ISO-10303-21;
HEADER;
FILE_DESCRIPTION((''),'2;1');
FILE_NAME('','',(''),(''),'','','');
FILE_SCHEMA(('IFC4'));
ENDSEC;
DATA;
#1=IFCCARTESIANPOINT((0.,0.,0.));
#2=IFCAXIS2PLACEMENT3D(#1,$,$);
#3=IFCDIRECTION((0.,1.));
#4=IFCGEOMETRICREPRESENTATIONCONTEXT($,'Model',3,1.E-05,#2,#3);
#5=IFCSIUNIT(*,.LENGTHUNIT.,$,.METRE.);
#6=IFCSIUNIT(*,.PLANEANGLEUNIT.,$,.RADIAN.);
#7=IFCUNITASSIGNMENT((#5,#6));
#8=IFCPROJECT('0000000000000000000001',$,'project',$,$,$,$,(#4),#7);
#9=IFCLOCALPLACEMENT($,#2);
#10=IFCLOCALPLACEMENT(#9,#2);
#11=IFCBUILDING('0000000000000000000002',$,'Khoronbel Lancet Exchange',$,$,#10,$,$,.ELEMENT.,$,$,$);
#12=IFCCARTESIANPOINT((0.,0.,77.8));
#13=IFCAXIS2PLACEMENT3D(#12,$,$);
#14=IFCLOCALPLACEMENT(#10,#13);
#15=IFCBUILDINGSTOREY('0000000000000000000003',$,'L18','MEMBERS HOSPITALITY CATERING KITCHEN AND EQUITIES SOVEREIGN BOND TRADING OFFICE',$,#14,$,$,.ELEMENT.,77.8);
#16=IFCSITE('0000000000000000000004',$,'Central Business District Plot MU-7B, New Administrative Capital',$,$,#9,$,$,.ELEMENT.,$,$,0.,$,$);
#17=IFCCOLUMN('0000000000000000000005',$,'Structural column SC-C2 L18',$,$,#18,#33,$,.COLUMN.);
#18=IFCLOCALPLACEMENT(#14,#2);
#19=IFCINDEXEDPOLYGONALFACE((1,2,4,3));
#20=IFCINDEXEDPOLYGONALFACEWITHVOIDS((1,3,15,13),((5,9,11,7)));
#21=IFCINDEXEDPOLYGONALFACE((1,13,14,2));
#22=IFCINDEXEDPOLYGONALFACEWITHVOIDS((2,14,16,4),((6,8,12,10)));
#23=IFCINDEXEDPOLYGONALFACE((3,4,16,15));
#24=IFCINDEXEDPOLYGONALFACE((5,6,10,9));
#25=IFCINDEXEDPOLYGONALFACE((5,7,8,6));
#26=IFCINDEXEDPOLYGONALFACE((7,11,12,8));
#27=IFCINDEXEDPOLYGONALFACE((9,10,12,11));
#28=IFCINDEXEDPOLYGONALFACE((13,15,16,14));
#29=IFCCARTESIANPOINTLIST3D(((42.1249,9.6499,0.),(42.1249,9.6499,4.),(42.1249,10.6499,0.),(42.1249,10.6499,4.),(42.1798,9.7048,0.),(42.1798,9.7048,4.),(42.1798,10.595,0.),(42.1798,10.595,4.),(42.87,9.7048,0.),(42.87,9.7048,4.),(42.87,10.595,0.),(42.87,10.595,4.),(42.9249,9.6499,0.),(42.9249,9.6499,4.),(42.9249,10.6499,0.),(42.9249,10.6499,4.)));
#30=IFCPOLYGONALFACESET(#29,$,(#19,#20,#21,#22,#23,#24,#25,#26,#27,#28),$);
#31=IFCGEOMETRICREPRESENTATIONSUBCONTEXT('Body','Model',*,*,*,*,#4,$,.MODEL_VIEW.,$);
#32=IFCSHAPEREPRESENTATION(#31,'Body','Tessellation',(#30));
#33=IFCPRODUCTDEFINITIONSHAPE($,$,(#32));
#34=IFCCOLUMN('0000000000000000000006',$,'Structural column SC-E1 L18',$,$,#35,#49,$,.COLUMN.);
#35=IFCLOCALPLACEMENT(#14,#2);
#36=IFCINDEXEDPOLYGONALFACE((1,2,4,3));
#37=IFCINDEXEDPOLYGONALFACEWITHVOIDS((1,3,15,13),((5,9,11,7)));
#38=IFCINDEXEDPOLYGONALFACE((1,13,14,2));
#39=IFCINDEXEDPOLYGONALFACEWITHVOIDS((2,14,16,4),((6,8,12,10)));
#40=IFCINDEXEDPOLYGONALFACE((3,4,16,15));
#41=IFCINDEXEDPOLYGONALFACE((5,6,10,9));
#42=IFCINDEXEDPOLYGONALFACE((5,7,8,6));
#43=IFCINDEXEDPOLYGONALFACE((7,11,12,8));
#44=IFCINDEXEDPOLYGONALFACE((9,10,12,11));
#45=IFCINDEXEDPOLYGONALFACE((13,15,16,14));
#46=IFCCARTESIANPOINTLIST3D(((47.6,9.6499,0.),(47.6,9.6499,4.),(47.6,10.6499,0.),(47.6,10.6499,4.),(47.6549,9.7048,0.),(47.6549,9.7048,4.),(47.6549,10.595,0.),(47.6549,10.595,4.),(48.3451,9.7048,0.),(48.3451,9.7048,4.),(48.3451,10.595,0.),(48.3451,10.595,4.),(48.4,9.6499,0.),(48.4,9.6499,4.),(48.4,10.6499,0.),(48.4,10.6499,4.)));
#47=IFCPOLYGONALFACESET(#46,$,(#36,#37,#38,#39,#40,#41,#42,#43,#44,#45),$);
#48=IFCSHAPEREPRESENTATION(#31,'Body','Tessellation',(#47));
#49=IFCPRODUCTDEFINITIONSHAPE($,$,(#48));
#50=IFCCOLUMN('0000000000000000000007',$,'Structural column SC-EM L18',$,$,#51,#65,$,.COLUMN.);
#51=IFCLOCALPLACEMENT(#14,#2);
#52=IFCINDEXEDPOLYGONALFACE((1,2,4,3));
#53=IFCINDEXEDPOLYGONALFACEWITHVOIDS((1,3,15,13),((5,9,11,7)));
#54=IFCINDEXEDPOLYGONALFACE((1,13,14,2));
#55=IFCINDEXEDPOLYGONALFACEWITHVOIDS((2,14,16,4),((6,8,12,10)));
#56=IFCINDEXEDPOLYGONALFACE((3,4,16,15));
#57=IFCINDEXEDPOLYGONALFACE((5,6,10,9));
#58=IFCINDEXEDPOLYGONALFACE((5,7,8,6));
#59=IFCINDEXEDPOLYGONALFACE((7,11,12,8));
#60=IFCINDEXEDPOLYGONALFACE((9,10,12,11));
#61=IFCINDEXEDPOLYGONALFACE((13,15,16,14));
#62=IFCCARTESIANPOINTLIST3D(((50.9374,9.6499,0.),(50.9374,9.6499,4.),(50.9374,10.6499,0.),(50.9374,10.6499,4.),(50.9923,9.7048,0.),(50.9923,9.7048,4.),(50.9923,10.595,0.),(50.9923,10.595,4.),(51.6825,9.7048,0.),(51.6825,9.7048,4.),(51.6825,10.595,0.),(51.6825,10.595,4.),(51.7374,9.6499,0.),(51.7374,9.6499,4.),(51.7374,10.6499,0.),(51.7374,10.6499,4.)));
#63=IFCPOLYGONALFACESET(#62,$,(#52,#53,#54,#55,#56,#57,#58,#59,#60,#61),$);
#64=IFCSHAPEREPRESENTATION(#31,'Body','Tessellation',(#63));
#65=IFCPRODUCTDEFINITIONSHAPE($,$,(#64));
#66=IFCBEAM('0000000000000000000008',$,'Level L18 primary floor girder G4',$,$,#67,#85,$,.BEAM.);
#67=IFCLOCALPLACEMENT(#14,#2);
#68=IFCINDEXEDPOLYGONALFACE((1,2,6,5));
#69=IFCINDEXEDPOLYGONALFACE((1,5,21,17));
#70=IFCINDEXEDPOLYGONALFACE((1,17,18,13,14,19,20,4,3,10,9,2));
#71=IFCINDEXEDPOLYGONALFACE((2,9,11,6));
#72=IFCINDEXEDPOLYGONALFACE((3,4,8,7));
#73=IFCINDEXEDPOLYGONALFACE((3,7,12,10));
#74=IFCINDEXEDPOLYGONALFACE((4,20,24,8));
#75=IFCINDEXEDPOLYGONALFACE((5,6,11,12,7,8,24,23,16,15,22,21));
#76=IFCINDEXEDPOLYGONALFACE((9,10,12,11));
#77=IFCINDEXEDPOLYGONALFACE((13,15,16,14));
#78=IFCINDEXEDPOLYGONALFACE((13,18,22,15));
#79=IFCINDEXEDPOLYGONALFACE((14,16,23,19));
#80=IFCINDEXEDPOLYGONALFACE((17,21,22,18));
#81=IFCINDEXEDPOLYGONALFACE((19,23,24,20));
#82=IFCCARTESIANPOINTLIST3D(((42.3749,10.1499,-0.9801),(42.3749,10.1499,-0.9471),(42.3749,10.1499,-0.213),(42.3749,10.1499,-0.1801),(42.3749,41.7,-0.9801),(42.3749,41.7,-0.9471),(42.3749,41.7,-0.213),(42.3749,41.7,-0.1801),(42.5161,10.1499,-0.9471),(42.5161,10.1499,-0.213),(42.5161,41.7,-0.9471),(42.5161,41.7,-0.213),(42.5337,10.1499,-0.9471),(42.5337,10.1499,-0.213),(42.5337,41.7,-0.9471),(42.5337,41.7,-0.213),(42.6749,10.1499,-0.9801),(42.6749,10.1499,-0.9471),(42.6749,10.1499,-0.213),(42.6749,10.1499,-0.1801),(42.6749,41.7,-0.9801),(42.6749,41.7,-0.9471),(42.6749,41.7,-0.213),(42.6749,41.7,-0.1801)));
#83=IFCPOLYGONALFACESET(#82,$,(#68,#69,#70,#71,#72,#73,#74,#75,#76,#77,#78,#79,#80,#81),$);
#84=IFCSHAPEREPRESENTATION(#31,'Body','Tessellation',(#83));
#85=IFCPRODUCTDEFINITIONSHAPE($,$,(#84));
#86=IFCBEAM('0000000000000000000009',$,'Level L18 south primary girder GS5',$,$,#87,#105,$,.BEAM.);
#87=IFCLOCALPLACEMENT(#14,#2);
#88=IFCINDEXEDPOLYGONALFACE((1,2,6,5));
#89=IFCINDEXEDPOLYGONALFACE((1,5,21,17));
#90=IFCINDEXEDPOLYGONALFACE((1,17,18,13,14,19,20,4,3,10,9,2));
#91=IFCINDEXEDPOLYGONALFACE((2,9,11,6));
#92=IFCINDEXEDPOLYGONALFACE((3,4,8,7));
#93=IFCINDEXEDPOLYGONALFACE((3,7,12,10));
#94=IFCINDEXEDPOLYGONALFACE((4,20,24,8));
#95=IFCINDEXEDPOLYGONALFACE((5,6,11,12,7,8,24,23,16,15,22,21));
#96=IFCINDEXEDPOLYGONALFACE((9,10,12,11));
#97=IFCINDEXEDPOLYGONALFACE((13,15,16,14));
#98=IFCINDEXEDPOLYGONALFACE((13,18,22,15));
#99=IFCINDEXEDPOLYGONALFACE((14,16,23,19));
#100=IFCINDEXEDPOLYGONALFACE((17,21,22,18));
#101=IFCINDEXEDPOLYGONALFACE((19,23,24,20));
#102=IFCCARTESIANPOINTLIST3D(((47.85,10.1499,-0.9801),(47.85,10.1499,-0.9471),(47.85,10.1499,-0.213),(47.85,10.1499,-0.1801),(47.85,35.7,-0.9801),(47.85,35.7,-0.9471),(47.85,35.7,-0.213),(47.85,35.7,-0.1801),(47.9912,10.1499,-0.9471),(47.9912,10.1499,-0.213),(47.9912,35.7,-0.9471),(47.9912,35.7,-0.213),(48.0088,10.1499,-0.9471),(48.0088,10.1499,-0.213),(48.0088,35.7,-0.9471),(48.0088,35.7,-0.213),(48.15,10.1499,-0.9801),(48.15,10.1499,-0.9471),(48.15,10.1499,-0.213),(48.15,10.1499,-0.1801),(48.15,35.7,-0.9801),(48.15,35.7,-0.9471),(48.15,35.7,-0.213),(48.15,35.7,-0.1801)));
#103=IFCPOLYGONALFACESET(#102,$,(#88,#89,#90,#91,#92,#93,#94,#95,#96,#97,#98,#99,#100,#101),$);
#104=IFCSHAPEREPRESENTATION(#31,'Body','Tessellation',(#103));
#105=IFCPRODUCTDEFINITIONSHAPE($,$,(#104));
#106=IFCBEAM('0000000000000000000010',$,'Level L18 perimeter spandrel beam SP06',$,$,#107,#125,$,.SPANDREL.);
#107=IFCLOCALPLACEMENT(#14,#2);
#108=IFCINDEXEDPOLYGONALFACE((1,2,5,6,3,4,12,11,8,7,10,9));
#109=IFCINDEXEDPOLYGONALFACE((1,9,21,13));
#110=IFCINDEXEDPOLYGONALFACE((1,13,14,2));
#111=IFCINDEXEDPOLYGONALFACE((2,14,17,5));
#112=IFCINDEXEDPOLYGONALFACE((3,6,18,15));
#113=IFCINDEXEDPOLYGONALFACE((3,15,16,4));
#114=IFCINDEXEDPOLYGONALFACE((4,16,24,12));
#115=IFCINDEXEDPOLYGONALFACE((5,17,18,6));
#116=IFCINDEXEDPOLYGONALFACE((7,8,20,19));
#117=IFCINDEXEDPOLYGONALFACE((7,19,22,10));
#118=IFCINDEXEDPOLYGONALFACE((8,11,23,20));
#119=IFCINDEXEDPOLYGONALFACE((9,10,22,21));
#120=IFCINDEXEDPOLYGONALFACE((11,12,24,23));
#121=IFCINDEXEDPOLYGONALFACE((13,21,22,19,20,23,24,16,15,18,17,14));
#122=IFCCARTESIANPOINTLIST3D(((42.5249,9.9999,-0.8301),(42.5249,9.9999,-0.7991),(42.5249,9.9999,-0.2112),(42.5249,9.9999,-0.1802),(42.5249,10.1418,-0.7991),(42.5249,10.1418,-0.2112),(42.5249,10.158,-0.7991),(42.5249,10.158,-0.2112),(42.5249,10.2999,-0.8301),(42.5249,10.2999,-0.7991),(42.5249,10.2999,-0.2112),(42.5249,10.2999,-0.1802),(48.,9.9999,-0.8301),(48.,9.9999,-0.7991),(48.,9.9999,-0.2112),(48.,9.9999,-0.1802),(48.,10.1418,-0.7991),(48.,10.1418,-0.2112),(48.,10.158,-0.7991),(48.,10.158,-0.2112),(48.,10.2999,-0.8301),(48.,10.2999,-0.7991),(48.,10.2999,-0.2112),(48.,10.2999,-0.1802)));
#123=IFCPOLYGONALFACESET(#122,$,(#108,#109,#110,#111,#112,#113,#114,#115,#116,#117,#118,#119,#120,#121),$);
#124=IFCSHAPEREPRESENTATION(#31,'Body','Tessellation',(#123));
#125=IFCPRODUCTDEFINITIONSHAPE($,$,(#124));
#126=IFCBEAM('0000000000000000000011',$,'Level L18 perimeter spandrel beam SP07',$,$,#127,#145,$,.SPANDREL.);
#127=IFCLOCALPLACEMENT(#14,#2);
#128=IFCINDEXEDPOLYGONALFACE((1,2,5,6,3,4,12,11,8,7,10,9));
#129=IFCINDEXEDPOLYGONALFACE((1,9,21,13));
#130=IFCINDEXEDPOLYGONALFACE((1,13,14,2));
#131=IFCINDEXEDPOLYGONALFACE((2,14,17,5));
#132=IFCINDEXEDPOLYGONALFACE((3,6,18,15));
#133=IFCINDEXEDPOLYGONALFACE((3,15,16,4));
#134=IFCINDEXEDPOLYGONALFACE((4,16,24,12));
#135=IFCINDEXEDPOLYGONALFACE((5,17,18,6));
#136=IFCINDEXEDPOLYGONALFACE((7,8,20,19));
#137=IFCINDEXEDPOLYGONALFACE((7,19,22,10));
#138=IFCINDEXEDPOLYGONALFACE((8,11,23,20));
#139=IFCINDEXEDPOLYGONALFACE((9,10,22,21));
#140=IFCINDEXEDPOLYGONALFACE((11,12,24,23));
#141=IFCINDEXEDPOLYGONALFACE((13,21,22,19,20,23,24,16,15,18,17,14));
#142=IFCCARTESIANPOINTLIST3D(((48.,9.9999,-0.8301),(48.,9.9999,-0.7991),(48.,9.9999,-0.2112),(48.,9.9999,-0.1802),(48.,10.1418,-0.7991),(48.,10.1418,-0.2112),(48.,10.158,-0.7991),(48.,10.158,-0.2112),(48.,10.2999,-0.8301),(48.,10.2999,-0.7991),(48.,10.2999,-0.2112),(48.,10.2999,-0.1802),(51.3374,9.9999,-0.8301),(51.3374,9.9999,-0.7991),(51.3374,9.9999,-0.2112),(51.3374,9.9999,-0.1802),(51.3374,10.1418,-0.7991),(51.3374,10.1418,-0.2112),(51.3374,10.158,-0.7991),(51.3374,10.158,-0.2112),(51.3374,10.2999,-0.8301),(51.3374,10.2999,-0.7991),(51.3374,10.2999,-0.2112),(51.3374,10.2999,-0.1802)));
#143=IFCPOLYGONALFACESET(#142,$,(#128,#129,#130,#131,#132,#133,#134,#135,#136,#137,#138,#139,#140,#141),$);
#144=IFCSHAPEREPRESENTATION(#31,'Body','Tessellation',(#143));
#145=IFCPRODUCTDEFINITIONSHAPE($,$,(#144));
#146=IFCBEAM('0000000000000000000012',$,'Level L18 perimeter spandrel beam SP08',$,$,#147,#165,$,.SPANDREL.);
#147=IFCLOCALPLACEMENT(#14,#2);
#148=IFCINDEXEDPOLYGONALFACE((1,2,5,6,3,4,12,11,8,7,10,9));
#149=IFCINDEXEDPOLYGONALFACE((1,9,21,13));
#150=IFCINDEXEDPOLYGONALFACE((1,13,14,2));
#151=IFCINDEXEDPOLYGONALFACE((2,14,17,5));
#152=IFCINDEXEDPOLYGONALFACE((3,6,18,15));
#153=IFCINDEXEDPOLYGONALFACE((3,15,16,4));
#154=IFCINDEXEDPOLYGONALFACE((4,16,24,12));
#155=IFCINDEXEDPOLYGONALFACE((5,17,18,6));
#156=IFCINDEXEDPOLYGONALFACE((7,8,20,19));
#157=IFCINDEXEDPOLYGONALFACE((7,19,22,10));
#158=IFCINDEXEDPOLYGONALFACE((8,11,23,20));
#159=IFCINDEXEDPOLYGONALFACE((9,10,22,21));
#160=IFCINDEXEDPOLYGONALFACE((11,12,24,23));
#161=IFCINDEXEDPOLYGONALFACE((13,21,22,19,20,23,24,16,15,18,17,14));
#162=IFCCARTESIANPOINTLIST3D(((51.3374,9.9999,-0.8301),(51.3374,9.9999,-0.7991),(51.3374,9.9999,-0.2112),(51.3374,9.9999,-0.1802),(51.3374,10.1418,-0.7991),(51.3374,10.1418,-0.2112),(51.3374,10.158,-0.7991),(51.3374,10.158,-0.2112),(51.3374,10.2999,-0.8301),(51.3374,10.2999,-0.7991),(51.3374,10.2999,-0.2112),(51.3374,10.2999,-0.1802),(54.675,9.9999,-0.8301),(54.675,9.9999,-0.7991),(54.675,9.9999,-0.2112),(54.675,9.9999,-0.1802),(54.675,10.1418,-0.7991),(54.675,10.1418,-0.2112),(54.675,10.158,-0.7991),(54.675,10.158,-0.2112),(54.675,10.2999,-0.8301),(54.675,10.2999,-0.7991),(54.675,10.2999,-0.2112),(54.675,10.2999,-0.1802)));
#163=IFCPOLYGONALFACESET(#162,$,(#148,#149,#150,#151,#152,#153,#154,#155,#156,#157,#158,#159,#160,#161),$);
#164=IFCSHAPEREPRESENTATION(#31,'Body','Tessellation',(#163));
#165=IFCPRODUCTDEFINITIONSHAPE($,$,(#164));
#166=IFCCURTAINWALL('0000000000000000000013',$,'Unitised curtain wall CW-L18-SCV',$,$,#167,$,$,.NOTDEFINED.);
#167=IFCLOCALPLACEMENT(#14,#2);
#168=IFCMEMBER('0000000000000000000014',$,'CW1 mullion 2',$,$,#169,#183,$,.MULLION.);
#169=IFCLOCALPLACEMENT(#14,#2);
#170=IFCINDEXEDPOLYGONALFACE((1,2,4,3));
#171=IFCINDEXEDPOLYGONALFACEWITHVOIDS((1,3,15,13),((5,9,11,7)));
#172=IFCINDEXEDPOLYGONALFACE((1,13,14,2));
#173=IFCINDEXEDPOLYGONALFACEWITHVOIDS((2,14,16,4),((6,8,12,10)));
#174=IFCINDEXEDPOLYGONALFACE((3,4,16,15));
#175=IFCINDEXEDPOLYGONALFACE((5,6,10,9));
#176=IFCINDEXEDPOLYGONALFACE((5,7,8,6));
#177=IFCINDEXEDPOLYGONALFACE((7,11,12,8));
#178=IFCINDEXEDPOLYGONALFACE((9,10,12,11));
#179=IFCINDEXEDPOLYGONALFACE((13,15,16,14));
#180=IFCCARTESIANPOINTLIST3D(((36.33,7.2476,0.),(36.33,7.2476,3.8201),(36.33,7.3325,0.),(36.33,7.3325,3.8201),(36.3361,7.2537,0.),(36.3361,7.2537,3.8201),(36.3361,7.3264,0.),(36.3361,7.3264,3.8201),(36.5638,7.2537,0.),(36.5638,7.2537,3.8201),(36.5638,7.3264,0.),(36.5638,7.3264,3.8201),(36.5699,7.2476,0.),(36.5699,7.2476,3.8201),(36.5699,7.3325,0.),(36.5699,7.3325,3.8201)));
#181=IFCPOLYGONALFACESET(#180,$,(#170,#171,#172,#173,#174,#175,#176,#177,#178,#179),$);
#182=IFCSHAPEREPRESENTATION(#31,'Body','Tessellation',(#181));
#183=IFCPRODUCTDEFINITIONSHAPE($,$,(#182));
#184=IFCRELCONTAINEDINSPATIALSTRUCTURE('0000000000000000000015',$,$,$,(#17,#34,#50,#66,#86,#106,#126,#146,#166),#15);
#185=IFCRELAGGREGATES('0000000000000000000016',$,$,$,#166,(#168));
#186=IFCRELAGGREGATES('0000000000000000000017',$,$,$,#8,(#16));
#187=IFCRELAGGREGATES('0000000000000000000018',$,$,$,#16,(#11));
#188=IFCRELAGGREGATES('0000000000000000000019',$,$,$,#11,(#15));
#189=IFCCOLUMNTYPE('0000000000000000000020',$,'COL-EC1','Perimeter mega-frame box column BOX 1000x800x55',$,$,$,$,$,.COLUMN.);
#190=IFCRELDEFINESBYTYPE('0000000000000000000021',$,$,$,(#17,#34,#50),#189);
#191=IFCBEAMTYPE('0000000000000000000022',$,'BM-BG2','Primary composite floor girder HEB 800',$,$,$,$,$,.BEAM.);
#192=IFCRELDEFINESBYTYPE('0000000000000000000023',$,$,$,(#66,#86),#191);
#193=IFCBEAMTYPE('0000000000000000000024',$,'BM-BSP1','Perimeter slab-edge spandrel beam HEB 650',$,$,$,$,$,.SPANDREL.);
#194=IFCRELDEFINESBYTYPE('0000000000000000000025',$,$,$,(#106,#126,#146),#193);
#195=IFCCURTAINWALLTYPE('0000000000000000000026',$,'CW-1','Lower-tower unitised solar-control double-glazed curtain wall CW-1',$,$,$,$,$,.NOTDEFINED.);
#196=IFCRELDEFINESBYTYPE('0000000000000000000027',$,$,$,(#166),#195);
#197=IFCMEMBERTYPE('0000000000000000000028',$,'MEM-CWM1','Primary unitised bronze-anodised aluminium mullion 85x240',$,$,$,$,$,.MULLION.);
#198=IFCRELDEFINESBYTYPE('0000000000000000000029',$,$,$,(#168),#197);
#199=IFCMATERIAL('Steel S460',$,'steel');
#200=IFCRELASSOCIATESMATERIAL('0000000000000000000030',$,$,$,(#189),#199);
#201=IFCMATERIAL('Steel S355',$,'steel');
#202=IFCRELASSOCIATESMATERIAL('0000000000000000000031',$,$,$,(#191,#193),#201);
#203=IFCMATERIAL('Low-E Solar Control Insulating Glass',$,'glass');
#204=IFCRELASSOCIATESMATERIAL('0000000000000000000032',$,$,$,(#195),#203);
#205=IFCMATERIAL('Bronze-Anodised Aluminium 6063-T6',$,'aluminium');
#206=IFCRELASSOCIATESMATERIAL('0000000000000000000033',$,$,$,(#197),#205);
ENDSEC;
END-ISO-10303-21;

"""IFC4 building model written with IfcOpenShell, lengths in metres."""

from ifc_helpers import new_model, si_unit, direction, frame, origin, origin_2d, place, context, subcontext, project, spatial, hollow_rectangle, i_section, extrude, material, material_profile, profile_set, type_object, element, aggregate, save


model = new_model("IFC4")

# Units and contexts
model_context = context("Model", 3, precision=1e-05, world=origin(), true_north=direction((0.0, 1.0)))
body_context = subcontext(model_context, "Body", "Model", "MODEL_VIEW")
ifc_project = project(units=[si_unit("LENGTHUNIT", "METRE"), si_unit("PLANEANGLEUNIT", "RADIAN")], contexts=[model_context])

# Site, building, storey
site_placement = place(None, origin())
site = spatial("IfcSite", under=ifc_project, at=site_placement, Name="Central Business District Plot MU-7B, New Administrative Capital", CompositionType="ELEMENT", RefElevation=0.0)
building_placement = place(site_placement, origin())
building = spatial("IfcBuilding", under=site, at=building_placement, Name="Khoronbel Lancet Exchange", CompositionType="ELEMENT")
storey_placement = place(building_placement, frame((0.0, 0.0, 77.8)))
storey = spatial("IfcBuildingStorey", under=building, at=storey_placement, Name="L18", Description="MEMBERS HOSPITALITY CATERING KITCHEN AND EQUITIES SOVEREIGN BOND TRADING OFFICE", CompositionType="ELEMENT", Elevation=77.8)

# Columns
ifc_material_1 = material(Name="Steel S460", Category="steel")
ifc_material_profile_1 = material_profile(ifc_material_1, hollow_rectangle(XDim=0.8, YDim=1.0, WallThickness=0.0549, at=origin_2d()), Name="BOX 1000x800x55")
ifc_profile_set_1 = profile_set([ifc_material_profile_1], Name="Steel S460")
column_type = type_object("IfcColumnType", Name="COL-EC1", Description="Perimeter mega-frame box column BOX 1000x800x55", PredefinedType="COLUMN", material=ifc_profile_set_1)
for number, where, z_axis, x_axis, name in (
    (1, (42.5249, 10.1499, 0.0), (0.0, 0.0, 1.0), (1.0, 0.0, 0.0), "Structural column SC-C2 L18"),
    (2, (48.0, 10.1499, 0.0), (0.0, 0.0, 1.0), (1.0, 0.0, 0.0), "Structural column SC-E1 L18"),
    (3, (51.3374, 10.1499, 0.0), (0.0, 0.0, 1.0), (1.0, 0.0, 0.0), "Structural column SC-EM L18"),
):
    element("IfcColumn", number, at=place(storey_placement, frame(where, z_axis=z_axis, x_axis=x_axis)), inside=storey, type_object=column_type, Name=name, PredefinedType="COLUMN", context=body_context, shape_type="SweptSolid", body=[
        extrude(hollow_rectangle(XDim=0.8, YDim=1.0, WallThickness=0.0549, at=origin_2d()), origin(), (0.0, 0.0, 1.0), 4.0),
    ])

# Beams
ifc_material_2 = material(Name="Steel S355", Category="steel")
ifc_material_profile_2 = material_profile(ifc_material_2, i_section(OverallWidth=0.3, OverallDepth=0.8, WebThickness=0.0176, FlangeThickness=0.033, at=origin_2d()), Name="HEB 800")
ifc_profile_set_2 = profile_set([ifc_material_profile_2], Name="Steel S355")
beam_type_1 = type_object("IfcBeamType", Name="BM-BG2", Description="Primary composite floor girder HEB 800", PredefinedType="BEAM", material=ifc_profile_set_2)
beam_1_placement = place(storey_placement, frame((42.5249, 10.1499, -0.5801), z_axis=(0.0, 1.0, 0.0), x_axis=(-1.0, 0.0, 0.0)))
element("IfcBeam", 4, at=beam_1_placement, inside=storey, type_object=beam_type_1, Name="Level L18 primary floor girder G4", PredefinedType="BEAM", context=body_context, shape_type="SweptSolid", body=[
    extrude(i_section(OverallWidth=0.3, OverallDepth=0.8, WebThickness=0.0176, FlangeThickness=0.033, at=origin_2d()), origin(), (0.0, 0.0, 1.0), 31.55),
])
beam_2_placement = place(storey_placement, frame((48.0, 10.1499, -0.5801), z_axis=(0.0, 1.0, 0.0), x_axis=(-1.0, 0.0, 0.0)))
element("IfcBeam", 5, at=beam_2_placement, inside=storey, type_object=beam_type_1, Name="Level L18 south primary girder GS5", PredefinedType="BEAM", context=body_context, shape_type="SweptSolid", body=[
    extrude(i_section(OverallWidth=0.3, OverallDepth=0.8, WebThickness=0.0176, FlangeThickness=0.033, at=origin_2d()), origin(), (0.0, 0.0, 1.0), 25.55),
])
ifc_material_profile_3 = material_profile(ifc_material_2, i_section(OverallWidth=0.3, OverallDepth=0.6499, WebThickness=0.0161, FlangeThickness=0.031, at=origin_2d()), Name="HEB 650")
ifc_profile_set_3 = profile_set([ifc_material_profile_3], Name="Steel S355")
beam_type_2 = type_object("IfcBeamType", Name="BM-BSP1", Description="Perimeter slab-edge spandrel beam HEB 650", PredefinedType="SPANDREL", material=ifc_profile_set_3)
beam_3_placement = place(storey_placement, frame((42.5249, 10.1499, -0.5051), z_axis=(1.0, 0.0, 0.0), x_axis=(0.0, 1.0, 0.0)))
element("IfcBeam", 6, at=beam_3_placement, inside=storey, type_object=beam_type_2, Name="Level L18 perimeter spandrel beam SP06", PredefinedType="SPANDREL", context=body_context, shape_type="SweptSolid", body=[
    extrude(i_section(OverallWidth=0.3, OverallDepth=0.6499, WebThickness=0.0161, FlangeThickness=0.031, at=origin_2d()), origin(), (0.0, 0.0, 1.0), 5.4751),
])
beam_4_placement = place(storey_placement, frame((48.0, 10.1499, -0.5051), z_axis=(1.0, 0.0, 0.0), x_axis=(0.0, 1.0, 0.0)))
element("IfcBeam", 7, at=beam_4_placement, inside=storey, type_object=beam_type_2, Name="Level L18 perimeter spandrel beam SP07", PredefinedType="SPANDREL", context=body_context, shape_type="SweptSolid", body=[
    extrude(i_section(OverallWidth=0.3, OverallDepth=0.6499, WebThickness=0.0161, FlangeThickness=0.031, at=origin_2d()), origin(), (0.0, 0.0, 1.0), 3.3374),
])
beam_5_placement = place(storey_placement, frame((51.3374, 10.1499, -0.5051), z_axis=(1.0, 0.0, 0.0), x_axis=(0.0, 1.0, 0.0)))
element("IfcBeam", 8, at=beam_5_placement, inside=storey, type_object=beam_type_2, Name="Level L18 perimeter spandrel beam SP08", PredefinedType="SPANDREL", context=body_context, shape_type="SweptSolid", body=[
    extrude(i_section(OverallWidth=0.3, OverallDepth=0.6499, WebThickness=0.0161, FlangeThickness=0.031, at=origin_2d()), origin(), (0.0, 0.0, 1.0), 3.3376),
])

# Curtain wall, member
ifc_material_3 = material(Name="Low-E Solar Control Insulating Glass", Category="glass")
curtain_wall_type = type_object("IfcCurtainWallType", Name="CW-1", Description="Lower-tower unitised solar-control double-glazed curtain wall CW-1", PredefinedType="NOTDEFINED", material=ifc_material_3)
curtain_wall_1_placement = place(storey_placement, origin())
curtain_wall_1 = element("IfcCurtainWall", 9, at=curtain_wall_1_placement, inside=storey, type_object=curtain_wall_type, Name="Unitised curtain wall CW-L18-SCV", PredefinedType="NOTDEFINED")
ifc_material_4 = material(Name="Bronze-Anodised Aluminium 6063-T6", Category="aluminium")
ifc_material_profile_4 = material_profile(ifc_material_4, hollow_rectangle(XDim=0.085, YDim=0.24, WallThickness=0.0061, at=origin_2d()), Name="ALU MULLION 85x240")
ifc_profile_set_4 = profile_set([ifc_material_profile_4], Name="Bronze-Anodised Aluminium 6063-T6")
member_type_1 = type_object("IfcMemberType", Name="MEM-CWM1", Description="Primary unitised bronze-anodised aluminium mullion 85x240", PredefinedType="MULLION", material=ifc_profile_set_4)
member_1_placement = place(storey_placement, frame((36.45, 7.29, 0.0), z_axis=(0.0, 0.0, 1.0), x_axis=(0.0, 1.0, 0.0)))
member_1 = element("IfcMember", 10, at=member_1_placement, type_object=member_type_1, Name="CW1 mullion 2", PredefinedType="MULLION", context=body_context, shape_type="SweptSolid", body=[
    extrude(hollow_rectangle(XDim=0.085, YDim=0.24, WallThickness=0.0061, at=origin_2d()), origin(), (0.0, 0.0, 1.0), 3.8201),
])

aggregate(curtain_wall_1, [member_1])

save(model, "model.ifc")
